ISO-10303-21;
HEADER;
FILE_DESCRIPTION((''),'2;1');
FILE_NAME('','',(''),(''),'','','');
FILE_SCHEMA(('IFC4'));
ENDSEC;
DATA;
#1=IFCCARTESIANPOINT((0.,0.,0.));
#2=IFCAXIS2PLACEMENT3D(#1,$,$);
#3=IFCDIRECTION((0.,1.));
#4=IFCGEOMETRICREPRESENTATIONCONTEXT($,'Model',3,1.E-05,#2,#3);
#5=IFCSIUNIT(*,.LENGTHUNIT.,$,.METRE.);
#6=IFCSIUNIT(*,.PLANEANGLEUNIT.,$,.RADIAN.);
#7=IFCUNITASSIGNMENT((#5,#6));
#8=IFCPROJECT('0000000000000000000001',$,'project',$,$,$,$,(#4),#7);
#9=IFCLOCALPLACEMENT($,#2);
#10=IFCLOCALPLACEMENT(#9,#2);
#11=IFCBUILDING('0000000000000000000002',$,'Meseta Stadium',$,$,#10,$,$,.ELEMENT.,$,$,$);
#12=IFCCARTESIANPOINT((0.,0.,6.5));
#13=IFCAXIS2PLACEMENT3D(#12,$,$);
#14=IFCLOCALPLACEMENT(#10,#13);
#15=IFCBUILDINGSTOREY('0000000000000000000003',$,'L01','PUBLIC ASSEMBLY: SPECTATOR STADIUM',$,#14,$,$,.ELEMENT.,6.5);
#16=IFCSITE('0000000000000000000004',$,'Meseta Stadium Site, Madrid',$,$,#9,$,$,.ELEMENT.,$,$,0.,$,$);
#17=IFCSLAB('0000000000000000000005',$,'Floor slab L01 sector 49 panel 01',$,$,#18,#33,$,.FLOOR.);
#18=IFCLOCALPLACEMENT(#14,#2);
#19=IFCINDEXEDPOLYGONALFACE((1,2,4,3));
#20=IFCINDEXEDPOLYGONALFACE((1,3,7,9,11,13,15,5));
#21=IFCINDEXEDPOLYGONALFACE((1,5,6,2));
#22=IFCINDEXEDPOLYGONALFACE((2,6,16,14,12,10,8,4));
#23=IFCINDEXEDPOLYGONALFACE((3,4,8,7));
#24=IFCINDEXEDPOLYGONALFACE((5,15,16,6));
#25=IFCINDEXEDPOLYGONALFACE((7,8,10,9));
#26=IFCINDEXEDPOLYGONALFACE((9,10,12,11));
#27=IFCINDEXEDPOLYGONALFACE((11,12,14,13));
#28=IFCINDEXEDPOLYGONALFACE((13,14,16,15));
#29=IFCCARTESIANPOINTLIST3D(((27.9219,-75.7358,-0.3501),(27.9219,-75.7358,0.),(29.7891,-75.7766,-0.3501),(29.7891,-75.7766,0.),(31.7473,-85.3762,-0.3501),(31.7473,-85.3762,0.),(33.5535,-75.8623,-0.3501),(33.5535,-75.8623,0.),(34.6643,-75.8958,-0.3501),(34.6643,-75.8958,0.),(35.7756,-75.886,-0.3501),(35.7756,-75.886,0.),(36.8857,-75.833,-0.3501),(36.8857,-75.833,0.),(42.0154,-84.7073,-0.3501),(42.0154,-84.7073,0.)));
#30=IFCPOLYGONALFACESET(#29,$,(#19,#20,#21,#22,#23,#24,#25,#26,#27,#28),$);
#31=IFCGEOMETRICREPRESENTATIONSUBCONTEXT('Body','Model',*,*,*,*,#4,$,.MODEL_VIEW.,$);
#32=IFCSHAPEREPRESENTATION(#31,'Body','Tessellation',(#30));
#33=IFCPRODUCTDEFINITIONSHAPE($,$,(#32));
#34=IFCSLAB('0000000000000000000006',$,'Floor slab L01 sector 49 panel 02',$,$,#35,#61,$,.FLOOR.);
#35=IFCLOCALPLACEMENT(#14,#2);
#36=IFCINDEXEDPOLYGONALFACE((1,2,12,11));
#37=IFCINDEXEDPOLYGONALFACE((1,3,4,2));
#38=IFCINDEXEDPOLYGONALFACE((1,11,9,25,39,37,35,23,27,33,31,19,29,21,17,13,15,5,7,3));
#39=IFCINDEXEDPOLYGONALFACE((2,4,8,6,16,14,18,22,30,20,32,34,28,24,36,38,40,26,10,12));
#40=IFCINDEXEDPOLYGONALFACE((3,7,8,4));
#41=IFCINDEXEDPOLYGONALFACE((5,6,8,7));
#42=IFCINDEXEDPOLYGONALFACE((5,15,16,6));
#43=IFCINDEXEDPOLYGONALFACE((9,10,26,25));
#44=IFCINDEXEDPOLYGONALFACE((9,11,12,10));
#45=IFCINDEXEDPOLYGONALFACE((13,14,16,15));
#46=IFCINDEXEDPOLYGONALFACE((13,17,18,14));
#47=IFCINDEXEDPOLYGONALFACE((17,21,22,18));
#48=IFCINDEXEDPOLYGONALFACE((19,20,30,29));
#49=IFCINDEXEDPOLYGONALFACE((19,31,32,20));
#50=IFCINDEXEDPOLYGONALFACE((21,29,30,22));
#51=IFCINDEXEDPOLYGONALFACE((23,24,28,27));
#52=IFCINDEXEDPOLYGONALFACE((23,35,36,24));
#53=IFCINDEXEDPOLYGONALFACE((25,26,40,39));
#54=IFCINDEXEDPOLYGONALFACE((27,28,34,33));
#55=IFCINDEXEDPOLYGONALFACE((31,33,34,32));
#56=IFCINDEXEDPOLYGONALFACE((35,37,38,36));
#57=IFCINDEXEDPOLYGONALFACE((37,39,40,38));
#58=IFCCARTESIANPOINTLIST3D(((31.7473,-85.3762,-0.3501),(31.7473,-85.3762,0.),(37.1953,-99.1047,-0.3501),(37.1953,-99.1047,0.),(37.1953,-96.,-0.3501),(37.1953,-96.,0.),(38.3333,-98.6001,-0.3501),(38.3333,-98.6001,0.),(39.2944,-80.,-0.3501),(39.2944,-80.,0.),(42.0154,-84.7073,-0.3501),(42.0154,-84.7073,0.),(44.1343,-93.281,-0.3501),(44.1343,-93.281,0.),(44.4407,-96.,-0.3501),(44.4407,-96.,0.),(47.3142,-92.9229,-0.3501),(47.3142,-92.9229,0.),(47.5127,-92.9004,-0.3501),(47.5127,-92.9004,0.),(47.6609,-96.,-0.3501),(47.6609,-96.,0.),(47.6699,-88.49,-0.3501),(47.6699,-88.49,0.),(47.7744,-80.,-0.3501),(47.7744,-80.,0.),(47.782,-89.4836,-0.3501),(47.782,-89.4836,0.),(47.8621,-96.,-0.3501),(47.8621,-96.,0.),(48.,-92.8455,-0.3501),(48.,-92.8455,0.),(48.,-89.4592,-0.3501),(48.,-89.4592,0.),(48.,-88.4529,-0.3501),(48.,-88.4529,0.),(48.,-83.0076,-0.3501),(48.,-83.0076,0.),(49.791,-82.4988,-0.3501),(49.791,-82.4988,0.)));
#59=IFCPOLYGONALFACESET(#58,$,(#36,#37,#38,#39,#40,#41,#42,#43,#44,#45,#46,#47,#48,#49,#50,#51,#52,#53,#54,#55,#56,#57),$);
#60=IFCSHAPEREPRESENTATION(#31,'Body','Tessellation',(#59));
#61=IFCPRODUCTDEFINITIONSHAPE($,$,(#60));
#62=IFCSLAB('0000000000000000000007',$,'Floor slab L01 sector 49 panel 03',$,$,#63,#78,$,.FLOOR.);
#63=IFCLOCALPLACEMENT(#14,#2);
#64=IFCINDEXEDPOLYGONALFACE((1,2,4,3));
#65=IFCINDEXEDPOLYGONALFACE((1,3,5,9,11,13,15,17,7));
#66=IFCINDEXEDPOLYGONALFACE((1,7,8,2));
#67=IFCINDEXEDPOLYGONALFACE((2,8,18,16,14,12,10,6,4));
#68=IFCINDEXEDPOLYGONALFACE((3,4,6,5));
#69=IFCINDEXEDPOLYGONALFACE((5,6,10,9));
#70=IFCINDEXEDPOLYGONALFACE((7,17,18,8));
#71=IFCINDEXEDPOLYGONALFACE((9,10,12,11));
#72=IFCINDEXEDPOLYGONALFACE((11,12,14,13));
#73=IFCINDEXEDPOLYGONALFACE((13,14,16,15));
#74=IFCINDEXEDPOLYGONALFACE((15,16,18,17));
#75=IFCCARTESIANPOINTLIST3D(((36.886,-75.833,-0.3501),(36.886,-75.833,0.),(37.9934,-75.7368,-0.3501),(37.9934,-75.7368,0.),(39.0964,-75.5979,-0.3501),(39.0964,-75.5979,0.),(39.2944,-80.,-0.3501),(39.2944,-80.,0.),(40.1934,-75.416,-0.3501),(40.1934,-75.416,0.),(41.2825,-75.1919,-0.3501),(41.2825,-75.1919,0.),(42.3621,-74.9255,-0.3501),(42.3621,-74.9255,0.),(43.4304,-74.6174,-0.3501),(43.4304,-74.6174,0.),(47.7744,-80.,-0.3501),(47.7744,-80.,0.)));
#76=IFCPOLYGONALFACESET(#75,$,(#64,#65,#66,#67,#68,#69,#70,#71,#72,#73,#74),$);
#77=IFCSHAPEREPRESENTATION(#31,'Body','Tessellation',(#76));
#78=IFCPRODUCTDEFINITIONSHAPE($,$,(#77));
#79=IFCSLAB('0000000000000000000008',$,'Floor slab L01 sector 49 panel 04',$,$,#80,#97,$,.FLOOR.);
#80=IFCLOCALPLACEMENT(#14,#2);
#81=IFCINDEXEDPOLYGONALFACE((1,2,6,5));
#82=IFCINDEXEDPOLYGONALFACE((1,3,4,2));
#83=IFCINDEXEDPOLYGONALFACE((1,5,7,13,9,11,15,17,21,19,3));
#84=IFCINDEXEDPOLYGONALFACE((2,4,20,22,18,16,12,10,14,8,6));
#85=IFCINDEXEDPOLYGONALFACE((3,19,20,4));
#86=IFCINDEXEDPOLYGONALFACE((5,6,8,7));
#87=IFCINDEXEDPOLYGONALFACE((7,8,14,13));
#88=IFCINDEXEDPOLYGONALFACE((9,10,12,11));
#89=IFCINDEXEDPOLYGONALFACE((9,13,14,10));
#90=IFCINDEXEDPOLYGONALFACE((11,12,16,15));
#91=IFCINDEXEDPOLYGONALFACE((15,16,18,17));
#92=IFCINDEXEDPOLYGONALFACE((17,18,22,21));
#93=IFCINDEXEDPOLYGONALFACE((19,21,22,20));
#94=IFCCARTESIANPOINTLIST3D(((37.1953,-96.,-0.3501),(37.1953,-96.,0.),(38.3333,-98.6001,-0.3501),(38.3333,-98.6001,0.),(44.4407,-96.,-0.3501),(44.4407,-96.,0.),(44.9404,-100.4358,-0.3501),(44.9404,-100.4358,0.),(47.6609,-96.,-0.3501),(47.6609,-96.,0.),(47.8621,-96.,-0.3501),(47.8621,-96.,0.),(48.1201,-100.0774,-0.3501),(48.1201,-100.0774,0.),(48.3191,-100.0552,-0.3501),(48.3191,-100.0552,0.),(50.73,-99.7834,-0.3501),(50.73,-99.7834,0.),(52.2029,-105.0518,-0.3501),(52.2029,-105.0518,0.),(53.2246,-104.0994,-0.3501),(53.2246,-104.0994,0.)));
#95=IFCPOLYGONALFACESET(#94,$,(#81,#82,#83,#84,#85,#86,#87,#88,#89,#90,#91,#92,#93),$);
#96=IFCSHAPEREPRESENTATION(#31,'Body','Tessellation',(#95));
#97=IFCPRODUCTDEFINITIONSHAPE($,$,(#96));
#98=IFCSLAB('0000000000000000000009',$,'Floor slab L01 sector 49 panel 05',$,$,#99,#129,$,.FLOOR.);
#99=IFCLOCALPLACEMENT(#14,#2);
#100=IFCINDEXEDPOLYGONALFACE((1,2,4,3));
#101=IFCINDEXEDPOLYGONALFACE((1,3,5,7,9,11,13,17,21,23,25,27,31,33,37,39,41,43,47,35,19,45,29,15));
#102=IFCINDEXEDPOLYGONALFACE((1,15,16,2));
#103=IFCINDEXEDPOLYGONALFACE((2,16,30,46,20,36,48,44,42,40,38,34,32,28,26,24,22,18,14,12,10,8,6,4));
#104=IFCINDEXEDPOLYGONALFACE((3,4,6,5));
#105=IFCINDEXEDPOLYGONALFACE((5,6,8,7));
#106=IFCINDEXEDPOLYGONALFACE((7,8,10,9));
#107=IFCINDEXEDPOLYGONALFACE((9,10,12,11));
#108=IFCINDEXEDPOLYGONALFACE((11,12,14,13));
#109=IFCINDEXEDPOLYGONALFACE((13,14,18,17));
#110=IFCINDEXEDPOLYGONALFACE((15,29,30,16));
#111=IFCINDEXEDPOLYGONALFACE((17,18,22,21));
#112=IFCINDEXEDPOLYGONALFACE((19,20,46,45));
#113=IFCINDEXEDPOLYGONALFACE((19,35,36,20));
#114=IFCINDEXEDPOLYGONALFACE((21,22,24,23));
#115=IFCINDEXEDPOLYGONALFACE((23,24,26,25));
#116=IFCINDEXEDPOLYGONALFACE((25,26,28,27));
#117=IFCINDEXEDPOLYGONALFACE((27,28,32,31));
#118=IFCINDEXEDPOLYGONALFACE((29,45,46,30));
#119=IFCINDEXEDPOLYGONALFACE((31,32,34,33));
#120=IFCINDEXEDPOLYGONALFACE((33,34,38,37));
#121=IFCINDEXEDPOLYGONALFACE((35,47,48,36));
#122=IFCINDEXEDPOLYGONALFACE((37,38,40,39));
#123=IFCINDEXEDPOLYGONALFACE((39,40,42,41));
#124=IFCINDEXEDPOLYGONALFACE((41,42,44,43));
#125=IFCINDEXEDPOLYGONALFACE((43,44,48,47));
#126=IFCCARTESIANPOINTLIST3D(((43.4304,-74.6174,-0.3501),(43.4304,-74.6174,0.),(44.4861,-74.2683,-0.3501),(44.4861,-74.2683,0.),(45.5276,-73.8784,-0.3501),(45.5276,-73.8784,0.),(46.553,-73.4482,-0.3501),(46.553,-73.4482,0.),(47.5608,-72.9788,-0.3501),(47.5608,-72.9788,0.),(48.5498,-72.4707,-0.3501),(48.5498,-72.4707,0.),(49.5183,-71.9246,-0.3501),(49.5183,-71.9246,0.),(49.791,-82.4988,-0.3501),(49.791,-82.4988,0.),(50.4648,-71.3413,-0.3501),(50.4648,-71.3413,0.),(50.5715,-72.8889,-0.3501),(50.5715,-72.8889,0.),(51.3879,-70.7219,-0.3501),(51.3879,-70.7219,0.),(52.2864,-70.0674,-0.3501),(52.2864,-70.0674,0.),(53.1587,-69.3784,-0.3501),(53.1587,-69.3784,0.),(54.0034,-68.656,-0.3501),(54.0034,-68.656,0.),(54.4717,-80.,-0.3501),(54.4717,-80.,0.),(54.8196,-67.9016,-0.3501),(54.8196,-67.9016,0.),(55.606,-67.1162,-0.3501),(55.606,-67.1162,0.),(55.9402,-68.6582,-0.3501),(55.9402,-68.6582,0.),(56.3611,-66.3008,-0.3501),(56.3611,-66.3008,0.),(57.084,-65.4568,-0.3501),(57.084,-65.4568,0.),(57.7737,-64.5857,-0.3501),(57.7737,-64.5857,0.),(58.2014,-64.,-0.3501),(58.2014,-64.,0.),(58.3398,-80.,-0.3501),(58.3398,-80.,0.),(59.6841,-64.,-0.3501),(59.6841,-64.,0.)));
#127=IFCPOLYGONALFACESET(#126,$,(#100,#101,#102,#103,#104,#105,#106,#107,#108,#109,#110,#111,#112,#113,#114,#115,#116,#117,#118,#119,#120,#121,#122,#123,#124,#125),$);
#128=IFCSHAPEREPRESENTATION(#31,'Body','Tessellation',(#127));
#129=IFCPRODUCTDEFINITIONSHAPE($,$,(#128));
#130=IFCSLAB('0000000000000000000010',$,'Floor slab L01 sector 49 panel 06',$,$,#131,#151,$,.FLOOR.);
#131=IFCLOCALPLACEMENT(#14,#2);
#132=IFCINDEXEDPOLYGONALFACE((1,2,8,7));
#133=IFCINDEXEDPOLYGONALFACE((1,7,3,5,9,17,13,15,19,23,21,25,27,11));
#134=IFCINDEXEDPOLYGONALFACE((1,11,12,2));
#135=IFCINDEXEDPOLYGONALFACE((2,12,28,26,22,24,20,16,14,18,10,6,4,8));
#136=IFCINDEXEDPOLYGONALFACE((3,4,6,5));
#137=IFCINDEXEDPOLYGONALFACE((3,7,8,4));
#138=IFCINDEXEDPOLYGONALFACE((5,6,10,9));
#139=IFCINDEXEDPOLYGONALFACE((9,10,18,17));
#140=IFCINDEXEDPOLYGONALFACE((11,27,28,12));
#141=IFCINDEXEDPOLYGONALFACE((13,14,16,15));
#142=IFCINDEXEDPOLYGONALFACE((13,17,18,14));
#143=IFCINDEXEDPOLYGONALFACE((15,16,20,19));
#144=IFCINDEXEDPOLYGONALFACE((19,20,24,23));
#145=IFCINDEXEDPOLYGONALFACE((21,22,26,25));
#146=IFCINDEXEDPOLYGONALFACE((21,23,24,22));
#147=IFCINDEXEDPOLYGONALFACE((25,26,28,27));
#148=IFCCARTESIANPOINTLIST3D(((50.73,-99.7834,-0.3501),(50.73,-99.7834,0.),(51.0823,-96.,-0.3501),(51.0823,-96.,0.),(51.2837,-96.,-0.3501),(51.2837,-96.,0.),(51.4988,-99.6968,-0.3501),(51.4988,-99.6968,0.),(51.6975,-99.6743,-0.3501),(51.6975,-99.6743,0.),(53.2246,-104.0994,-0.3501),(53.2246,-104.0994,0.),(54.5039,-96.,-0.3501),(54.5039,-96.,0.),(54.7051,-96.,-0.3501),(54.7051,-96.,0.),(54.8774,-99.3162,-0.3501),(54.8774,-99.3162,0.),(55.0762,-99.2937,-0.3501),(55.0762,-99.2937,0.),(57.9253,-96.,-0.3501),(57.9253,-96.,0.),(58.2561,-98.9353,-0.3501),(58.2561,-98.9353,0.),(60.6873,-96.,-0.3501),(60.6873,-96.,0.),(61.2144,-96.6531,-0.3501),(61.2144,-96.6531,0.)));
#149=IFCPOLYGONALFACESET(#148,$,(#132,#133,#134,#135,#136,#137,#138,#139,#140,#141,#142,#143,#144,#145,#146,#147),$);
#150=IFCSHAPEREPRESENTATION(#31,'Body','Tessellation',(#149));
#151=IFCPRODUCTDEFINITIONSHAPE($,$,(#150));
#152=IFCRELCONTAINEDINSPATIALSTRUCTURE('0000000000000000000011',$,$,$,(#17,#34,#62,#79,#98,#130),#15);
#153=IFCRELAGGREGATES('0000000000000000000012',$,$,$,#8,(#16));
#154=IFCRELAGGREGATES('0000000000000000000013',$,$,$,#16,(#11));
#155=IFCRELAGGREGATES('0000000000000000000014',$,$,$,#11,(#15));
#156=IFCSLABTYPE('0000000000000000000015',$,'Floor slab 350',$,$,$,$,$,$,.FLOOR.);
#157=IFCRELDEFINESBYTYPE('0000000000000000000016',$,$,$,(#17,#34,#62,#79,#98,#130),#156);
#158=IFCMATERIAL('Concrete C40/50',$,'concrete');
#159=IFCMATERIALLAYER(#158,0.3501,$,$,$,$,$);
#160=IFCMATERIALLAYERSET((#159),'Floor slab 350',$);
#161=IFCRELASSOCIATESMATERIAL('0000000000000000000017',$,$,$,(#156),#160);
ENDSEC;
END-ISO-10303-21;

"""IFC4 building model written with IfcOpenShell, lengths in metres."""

from ifc_helpers import new_model, si_unit, direction, frame, origin, place, context, subcontext, project, spatial, polyline, outline, extrude, material, layer, layer_set, type_object, element, save


model = new_model("IFC4")

# Units and contexts
model_context = context("Model", 3, precision=1e-05, world=origin(), true_north=direction((0.0, 1.0)))
body_context = subcontext(model_context, "Body", "Model", "MODEL_VIEW")
ifc_project = project(units=[si_unit("LENGTHUNIT", "METRE"), si_unit("PLANEANGLEUNIT", "RADIAN")], contexts=[model_context])

# Site, building, storey
site_placement = place(None, origin())
site = spatial("IfcSite", under=ifc_project, at=site_placement, Name="Meseta Stadium Site, Madrid", CompositionType="ELEMENT", RefElevation=0.0)
building_placement = place(site_placement, origin())
building = spatial("IfcBuilding", under=site, at=building_placement, Name="Meseta Stadium", CompositionType="ELEMENT")
storey_placement = place(building_placement, frame((0.0, 0.0, 6.5)))
storey = spatial("IfcBuildingStorey", under=building, at=storey_placement, Name="L01", Description="PUBLIC ASSEMBLY: SPECTATOR STADIUM", CompositionType="ELEMENT", Elevation=6.5)

# Slabs
ifc_material = material(Name="Concrete C40/50", Category="concrete")
ifc_layer = layer(ifc_material, 0.3501)
ifc_layer_set = layer_set([ifc_layer], Name="Floor slab 350")
slab_type = type_object("IfcSlabType", Name="Floor slab 350", PredefinedType="FLOOR", material=ifc_layer_set)
slab_1_placement = place(storey_placement, frame((0.0, 0.0, -0.3501)))
element("IfcSlab", 1, at=slab_1_placement, inside=storey, type_object=slab_type, Name="Floor slab L01 sector 49 panel 01", PredefinedType="FLOOR", context=body_context, shape_type="SweptSolid", body=[
    extrude(outline(polyline([(42.0154, -84.7073), (36.8857, -75.833), (35.7756, -75.886), (34.6643, -75.8958), (33.5535, -75.8623), (29.7891, -75.7766), (27.9219, -75.7358), (31.7473, -85.3762), (42.0154, -84.7073)])), origin(), (0.0, 0.0, 1.0), 0.3501),
])
slab_2_placement = place(storey_placement, frame((0.0, 0.0, -0.3501)))
element("IfcSlab", 2, at=slab_2_placement, inside=storey, type_object=slab_type, Name="Floor slab L01 sector 49 panel 02", PredefinedType="FLOOR", context=body_context, shape_type="SweptSolid", body=[
    extrude(outline(polyline([(47.7744, -80.0), (39.2944, -80.0), (42.0154, -84.7073), (31.7473, -85.3762), (37.1953, -99.1047), (38.3333, -98.6001), (37.1953, -96.0), (44.4407, -96.0), (44.1343, -93.281), (47.3142, -92.9229), (47.6609, -96.0), (47.8621, -96.0), (47.5127, -92.9004), (48.0, -92.8455), (48.0, -89.4592), (47.782, -89.4836), (47.6699, -88.49), (48.0, -88.4529), (48.0, -83.0076), (49.791, -82.4988), (47.7744, -80.0)])), origin(), (0.0, 0.0, 1.0), 0.3501),
])
slab_3_placement = place(storey_placement, frame((0.0, 0.0, -0.3501)))
element("IfcSlab", 3, at=slab_3_placement, inside=storey, type_object=slab_type, Name="Floor slab L01 sector 49 panel 03", PredefinedType="FLOOR", context=body_context, shape_type="SweptSolid", body=[
    extrude(outline(polyline([(41.2825, -75.1919), (40.1934, -75.416), (39.0964, -75.5979), (37.9934, -75.7368), (36.886, -75.833), (39.2944, -80.0), (47.7744, -80.0), (43.4304, -74.6174), (42.3621, -74.9255), (41.2825, -75.1919)])), origin(), (0.0, 0.0, 1.0), 0.3501),
])
slab_4_placement = place(storey_placement, frame((0.0, 0.0, -0.3501)))
element("IfcSlab", 4, at=slab_4_placement, inside=storey, type_object=slab_type, Name="Floor slab L01 sector 49 panel 04", PredefinedType="FLOOR", context=body_context, shape_type="SweptSolid", body=[
    extrude(outline(polyline([(47.6609, -96.0), (48.1201, -100.0774), (44.9404, -100.4358), (44.4407, -96.0), (37.1953, -96.0), (38.3333, -98.6001), (52.2029, -105.0518), (53.2246, -104.0994), (50.73, -99.7834), (48.3191, -100.0552), (47.8621, -96.0), (47.6609, -96.0)])), origin(), (0.0, 0.0, 1.0), 0.3501),
])
slab_5_placement = place(storey_placement, frame((0.0, 0.0, -0.3501)))
element("IfcSlab", 5, at=slab_5_placement, inside=storey, type_object=slab_type, Name="Floor slab L01 sector 49 panel 05", PredefinedType="FLOOR", context=body_context, shape_type="SweptSolid", body=[
    extrude(outline(polyline([(43.4304, -74.6174), (49.791, -82.4988), (54.4717, -80.0), (58.3398, -80.0), (50.5715, -72.8889), (55.9402, -68.6582), (59.6841, -64.0), (58.2014, -64.0), (57.7737, -64.5857), (57.084, -65.4568), (56.3611, -66.3008), (55.606, -67.1162), (54.8196, -67.9016), (54.0034, -68.656), (53.1587, -69.3784), (52.2864, -70.0674), (51.3879, -70.7219), (50.4648, -71.3413), (49.5183, -71.9246), (48.5498, -72.4707), (47.5608, -72.9788), (46.553, -73.4482), (45.5276, -73.8784), (44.4861, -74.2683), (43.4304, -74.6174)])), origin(), (0.0, 0.0, 1.0), 0.3501),
])
slab_6_placement = place(storey_placement, frame((0.0, 0.0, -0.3501)))
element("IfcSlab", 6, at=slab_6_placement, inside=storey, type_object=slab_type, Name="Floor slab L01 sector 49 panel 06", PredefinedType="FLOOR", context=body_context, shape_type="SweptSolid", body=[
    extrude(outline(polyline([(50.73, -99.7834), (53.2246, -104.0994), (61.2144, -96.6531), (60.6873, -96.0), (57.9253, -96.0), (58.2561, -98.9353), (55.0762, -99.2937), (54.7051, -96.0), (54.5039, -96.0), (54.8774, -99.3162), (51.6975, -99.6743), (51.2837, -96.0), (51.0823, -96.0), (51.4988, -99.6968), (50.73, -99.7834)])), origin(), (0.0, 0.0, 1.0), 0.3501),
])

save(model, "model.ifc")
